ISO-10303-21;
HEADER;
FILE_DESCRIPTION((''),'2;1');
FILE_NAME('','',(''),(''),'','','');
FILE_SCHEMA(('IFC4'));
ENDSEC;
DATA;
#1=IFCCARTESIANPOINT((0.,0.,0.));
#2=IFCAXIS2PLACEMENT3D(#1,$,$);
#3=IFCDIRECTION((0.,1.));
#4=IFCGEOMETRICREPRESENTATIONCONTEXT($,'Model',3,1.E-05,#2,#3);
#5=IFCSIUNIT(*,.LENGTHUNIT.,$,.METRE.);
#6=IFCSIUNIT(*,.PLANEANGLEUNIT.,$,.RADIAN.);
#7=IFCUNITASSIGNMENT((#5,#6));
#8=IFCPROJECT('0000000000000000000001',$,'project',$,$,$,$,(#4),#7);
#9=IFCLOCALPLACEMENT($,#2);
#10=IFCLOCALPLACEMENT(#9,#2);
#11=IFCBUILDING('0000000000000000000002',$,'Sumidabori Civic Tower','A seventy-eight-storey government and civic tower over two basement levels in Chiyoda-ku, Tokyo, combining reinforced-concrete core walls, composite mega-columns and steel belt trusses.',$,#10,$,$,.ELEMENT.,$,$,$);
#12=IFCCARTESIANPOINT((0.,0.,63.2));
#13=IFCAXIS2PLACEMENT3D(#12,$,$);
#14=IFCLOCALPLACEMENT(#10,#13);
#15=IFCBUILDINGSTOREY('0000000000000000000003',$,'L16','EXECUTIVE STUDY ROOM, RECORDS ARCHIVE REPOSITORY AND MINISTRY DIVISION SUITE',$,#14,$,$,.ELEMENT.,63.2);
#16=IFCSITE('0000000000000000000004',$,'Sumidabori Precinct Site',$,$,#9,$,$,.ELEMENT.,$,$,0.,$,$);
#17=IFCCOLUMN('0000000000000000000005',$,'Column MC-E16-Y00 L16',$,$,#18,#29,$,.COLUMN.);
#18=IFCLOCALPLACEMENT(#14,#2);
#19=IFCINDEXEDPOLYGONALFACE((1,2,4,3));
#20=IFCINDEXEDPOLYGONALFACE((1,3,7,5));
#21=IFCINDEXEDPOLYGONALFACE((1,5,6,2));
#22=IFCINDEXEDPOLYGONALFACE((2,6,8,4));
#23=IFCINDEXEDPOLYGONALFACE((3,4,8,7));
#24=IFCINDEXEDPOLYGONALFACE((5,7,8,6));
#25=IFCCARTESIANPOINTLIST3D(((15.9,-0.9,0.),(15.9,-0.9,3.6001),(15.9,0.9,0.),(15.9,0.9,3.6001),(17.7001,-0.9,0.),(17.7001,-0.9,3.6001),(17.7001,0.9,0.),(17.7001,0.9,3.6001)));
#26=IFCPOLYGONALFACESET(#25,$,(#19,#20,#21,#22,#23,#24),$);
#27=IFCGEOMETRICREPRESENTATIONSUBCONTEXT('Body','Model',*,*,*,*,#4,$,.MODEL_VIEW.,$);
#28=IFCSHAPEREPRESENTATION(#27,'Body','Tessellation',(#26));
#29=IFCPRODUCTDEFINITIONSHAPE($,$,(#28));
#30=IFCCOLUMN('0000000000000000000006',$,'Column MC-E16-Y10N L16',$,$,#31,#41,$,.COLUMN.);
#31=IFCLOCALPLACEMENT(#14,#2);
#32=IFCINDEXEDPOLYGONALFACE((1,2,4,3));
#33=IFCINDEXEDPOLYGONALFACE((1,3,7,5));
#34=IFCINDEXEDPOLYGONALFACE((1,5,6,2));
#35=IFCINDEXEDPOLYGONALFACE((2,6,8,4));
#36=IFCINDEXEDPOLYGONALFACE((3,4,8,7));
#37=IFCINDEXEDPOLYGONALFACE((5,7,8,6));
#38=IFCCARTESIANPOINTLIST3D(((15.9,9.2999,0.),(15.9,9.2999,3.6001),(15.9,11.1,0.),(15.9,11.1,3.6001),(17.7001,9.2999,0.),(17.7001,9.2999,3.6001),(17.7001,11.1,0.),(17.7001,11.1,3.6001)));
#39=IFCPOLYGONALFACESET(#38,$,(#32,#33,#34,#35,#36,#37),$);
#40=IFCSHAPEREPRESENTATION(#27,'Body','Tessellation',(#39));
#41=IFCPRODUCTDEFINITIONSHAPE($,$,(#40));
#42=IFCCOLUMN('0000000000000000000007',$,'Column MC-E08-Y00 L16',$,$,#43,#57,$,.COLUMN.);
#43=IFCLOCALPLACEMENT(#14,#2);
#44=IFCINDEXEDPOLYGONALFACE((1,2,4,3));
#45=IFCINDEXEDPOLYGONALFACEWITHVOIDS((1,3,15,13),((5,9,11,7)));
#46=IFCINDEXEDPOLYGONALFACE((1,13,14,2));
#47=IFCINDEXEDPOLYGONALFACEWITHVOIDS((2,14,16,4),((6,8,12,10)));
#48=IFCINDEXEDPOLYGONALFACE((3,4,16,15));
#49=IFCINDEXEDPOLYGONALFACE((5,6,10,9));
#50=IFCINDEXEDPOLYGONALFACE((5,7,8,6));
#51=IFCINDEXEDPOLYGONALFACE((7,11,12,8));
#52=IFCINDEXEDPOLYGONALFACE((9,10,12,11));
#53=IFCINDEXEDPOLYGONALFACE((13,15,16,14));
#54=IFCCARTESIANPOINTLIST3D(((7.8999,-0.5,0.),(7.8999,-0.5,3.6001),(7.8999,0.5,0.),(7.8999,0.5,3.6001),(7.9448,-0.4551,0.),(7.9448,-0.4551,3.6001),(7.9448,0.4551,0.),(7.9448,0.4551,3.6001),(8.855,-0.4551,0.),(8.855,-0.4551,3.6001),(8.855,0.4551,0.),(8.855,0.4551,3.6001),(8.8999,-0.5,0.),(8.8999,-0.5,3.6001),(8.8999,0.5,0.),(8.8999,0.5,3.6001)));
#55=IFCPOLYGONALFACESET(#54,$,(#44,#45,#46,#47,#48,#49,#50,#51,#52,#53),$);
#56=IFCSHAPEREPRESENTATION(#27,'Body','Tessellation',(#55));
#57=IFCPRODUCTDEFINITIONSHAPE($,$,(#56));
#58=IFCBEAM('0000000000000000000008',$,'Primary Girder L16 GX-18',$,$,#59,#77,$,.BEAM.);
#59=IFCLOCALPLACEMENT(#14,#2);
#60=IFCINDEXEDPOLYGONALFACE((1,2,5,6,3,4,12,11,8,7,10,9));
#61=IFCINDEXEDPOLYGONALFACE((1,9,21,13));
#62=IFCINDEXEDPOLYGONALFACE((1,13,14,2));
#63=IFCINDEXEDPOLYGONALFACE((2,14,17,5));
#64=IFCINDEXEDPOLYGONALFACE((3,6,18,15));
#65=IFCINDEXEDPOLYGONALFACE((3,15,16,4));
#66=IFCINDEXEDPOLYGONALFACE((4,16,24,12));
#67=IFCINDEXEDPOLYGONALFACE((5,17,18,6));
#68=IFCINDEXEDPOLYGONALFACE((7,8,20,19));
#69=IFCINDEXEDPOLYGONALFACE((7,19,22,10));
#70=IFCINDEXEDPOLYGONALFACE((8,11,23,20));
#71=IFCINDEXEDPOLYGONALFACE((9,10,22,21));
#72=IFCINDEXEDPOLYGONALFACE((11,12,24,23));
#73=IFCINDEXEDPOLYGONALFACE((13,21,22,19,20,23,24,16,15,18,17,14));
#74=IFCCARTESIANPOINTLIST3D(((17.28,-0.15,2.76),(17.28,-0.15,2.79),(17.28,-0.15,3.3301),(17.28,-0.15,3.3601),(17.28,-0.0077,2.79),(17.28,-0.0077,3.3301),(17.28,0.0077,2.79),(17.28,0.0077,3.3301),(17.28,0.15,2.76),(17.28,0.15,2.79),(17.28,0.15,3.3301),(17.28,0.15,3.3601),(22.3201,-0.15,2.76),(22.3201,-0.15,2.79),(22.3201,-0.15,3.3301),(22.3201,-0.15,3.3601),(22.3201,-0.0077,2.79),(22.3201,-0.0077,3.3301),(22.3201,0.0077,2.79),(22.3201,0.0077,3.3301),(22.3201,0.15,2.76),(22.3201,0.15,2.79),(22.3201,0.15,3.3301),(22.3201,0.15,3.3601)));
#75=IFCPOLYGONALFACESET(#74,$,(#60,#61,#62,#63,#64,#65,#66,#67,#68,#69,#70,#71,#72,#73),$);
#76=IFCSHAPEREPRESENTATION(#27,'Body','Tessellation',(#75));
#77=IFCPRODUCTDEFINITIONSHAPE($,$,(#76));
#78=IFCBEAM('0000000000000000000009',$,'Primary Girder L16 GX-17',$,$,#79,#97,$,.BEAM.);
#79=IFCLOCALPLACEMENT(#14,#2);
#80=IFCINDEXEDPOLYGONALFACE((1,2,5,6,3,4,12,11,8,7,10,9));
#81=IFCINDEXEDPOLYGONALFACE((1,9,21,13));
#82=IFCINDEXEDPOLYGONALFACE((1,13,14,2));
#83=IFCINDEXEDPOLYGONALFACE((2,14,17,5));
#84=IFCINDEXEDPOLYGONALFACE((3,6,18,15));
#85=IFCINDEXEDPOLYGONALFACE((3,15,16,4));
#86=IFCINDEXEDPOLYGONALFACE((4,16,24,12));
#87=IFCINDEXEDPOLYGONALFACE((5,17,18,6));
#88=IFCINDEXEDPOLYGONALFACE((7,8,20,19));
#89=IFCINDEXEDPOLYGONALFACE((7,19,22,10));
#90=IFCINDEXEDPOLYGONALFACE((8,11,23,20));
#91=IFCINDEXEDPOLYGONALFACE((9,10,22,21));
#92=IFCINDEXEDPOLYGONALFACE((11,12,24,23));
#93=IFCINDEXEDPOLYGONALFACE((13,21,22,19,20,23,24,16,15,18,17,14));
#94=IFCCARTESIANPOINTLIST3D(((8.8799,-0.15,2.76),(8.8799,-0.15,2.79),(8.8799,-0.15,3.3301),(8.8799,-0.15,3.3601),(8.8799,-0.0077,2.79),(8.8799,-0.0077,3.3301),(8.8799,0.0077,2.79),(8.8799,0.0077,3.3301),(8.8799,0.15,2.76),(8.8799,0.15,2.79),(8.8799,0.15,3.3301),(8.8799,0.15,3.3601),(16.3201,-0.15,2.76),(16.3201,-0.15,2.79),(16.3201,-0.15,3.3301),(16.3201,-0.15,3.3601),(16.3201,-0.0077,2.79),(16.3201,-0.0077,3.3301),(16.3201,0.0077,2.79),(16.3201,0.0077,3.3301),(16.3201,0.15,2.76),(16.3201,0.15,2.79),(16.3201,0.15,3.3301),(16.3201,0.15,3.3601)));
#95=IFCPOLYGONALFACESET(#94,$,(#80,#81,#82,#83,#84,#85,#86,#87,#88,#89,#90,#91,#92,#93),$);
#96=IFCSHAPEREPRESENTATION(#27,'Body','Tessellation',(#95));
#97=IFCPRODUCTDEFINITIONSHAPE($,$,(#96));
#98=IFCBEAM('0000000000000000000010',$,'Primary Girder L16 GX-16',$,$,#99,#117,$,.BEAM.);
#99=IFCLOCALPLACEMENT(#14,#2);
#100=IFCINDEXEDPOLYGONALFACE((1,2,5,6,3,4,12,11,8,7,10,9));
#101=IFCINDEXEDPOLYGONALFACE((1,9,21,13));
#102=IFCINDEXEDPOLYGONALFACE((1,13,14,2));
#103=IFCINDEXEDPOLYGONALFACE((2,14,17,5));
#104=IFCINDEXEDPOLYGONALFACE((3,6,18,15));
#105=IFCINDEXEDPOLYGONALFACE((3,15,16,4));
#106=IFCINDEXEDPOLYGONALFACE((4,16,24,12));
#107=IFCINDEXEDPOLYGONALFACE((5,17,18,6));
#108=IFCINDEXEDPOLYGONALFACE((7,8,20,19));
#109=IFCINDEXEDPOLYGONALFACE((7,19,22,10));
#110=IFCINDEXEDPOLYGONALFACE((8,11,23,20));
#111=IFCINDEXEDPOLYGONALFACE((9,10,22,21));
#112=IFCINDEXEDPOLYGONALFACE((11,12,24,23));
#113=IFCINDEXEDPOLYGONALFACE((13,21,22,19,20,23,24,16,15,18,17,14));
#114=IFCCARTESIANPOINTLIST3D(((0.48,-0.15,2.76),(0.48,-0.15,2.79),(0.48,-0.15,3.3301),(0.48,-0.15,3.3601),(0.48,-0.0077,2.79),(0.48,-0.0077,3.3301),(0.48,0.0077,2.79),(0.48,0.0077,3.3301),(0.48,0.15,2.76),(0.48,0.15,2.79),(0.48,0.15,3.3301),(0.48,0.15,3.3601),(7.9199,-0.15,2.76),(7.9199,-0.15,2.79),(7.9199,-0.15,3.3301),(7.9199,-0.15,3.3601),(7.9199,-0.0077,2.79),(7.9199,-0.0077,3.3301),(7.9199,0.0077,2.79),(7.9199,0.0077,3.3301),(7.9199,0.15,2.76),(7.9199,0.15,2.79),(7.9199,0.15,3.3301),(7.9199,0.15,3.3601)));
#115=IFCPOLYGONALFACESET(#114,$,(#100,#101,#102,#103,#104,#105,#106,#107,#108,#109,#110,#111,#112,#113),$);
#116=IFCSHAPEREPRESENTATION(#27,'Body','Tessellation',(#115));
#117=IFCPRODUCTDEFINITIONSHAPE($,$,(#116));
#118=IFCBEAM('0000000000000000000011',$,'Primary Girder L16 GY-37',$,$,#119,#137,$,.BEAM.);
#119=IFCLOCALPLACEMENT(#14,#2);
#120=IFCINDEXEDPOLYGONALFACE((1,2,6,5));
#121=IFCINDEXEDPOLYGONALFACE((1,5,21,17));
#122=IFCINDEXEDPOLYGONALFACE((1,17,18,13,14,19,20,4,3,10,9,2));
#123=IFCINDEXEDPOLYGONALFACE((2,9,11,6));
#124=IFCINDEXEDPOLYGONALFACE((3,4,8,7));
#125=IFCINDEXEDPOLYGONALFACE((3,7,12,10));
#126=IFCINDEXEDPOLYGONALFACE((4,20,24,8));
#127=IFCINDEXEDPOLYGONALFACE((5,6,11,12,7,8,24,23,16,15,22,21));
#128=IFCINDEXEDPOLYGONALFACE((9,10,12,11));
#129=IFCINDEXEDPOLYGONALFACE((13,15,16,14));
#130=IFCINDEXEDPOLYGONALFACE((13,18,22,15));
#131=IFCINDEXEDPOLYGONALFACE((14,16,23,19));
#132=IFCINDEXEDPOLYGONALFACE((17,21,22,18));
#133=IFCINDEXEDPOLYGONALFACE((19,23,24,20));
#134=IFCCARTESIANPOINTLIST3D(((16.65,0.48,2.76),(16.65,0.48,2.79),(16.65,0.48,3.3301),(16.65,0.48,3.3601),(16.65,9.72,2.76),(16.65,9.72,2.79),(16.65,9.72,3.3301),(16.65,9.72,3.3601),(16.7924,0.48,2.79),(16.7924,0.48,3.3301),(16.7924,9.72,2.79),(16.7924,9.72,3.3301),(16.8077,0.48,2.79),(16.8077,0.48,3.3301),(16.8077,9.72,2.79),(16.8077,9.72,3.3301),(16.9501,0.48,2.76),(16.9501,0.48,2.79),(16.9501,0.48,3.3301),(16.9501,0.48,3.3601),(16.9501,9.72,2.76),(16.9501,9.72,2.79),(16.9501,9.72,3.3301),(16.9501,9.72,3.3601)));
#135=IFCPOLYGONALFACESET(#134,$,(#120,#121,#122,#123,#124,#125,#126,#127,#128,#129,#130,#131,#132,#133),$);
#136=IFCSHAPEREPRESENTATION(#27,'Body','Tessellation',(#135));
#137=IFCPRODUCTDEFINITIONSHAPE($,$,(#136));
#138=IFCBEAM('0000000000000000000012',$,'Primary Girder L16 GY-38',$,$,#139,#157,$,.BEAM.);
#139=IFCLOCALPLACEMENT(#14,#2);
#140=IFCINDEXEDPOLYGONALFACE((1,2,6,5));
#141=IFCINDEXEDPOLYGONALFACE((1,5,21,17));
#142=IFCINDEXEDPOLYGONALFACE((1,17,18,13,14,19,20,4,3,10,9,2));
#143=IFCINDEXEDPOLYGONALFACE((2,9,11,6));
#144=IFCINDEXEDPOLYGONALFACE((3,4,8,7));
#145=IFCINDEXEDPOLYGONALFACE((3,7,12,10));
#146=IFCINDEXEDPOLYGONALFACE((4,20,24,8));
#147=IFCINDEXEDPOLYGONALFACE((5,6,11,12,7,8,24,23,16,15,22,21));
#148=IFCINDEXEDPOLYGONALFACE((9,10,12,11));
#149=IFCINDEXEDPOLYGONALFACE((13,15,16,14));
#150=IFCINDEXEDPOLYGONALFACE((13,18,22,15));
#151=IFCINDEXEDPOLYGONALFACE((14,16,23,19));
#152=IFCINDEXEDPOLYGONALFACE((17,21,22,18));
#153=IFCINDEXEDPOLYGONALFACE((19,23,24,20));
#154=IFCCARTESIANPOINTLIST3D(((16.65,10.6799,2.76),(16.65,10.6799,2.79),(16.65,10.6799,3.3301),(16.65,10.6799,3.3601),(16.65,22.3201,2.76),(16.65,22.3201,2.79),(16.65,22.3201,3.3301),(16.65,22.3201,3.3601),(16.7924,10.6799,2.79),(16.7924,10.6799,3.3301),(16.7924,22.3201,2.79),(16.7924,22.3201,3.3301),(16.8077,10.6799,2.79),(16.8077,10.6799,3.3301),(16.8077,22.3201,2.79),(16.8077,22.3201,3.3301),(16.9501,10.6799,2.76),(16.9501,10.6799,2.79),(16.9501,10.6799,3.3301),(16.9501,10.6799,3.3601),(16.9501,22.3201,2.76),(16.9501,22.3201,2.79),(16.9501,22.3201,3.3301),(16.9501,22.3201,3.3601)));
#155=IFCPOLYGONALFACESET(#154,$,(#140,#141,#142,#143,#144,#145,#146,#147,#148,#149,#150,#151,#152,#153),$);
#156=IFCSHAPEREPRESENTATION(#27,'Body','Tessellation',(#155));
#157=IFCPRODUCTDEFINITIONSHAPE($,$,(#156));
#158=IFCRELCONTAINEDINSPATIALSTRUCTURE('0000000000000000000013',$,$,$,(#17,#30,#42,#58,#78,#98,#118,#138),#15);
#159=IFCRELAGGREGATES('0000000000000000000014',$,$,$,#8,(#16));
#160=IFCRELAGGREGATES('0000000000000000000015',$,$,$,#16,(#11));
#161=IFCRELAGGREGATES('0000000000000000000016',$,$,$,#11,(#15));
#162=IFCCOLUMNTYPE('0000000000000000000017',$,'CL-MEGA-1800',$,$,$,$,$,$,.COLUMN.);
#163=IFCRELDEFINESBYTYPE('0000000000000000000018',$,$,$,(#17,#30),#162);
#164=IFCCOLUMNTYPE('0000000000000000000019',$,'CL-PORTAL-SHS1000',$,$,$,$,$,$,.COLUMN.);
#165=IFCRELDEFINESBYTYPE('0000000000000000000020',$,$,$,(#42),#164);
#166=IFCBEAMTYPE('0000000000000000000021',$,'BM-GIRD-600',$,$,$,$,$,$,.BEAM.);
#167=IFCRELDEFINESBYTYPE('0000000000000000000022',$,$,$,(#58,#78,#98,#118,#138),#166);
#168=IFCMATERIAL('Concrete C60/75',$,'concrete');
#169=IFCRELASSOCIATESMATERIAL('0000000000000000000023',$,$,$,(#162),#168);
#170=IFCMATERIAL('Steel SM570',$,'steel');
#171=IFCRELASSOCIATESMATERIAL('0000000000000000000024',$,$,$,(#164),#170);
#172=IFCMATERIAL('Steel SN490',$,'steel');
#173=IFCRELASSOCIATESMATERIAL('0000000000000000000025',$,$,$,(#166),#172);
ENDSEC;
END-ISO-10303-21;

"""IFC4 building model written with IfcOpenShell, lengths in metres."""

from ifc_helpers import new_model, si_unit, direction, frame, origin, origin_2d, place, context, subcontext, project, spatial, rectangle, hollow_rectangle, i_section, extrude, source, transform, mapped, material, material_profile, profile_set, type_object, element, save


model = new_model("IFC4")

# Units and contexts
model_context = context("Model", 3, precision=1e-05, world=origin(), true_north=direction((0.0, 1.0)))
body_context = subcontext(model_context, "Body", "Model", "MODEL_VIEW")
ifc_project = project(units=[si_unit("LENGTHUNIT", "METRE"), si_unit("PLANEANGLEUNIT", "RADIAN")], contexts=[model_context])

# Site, building, storey
site_placement = place(None, origin())
site = spatial("IfcSite", under=ifc_project, at=site_placement, Name="Sumidabori Precinct Site", CompositionType="ELEMENT", RefElevation=0.0)
building_placement = place(site_placement, origin())
building = spatial("IfcBuilding", under=site, at=building_placement, Name="Sumidabori Civic Tower", Description="A seventy-eight-storey government and civic tower over two basement levels in Chiyoda-ku, Tokyo, combining reinforced-concrete core walls, composite mega-columns and steel belt trusses.", CompositionType="ELEMENT")
storey_placement = place(building_placement, frame((0.0, 0.0, 63.2)))
storey = spatial("IfcBuildingStorey", under=building, at=storey_placement, Name="L16", Description="EXECUTIVE STUDY ROOM, RECORDS ARCHIVE REPOSITORY AND MINISTRY DIVISION SUITE", CompositionType="ELEMENT", Elevation=63.2)

# Columns
ifc_material_1 = material(Name="Concrete C60/75", Category="concrete")
ifc_material_profile_1 = material_profile(ifc_material_1, rectangle(XDim=1.8, YDim=1.8, at=origin_2d()), Name="RC 1800x1800")
ifc_profile_set_1 = profile_set([ifc_material_profile_1], Name="Concrete C60/75")
column_type_1 = type_object("IfcColumnType", Name="CL-MEGA-1800", PredefinedType="COLUMN", material=ifc_profile_set_1)
shared_shape_1 = source(origin(), body_context, "Body", "SweptSolid", [
    extrude(rectangle(XDim=1.8, YDim=1.8, at=origin_2d()), origin(), (0.0, 0.0, 1.0), 3.6001),
])
for number, where, z_axis, x_axis, name in (
    (1, (16.8, 0.0, 0.0), (0.0, 0.0, 1.0), (1.0, 0.0, 0.0), "Column MC-E16-Y00 L16"),
    (2, (16.8, 10.2, 0.0), (0.0, 0.0, 1.0), (1.0, 0.0, 0.0), "Column MC-E16-Y10N L16"),
):
    element("IfcColumn", number, at=place(storey_placement, frame(where, z_axis=z_axis, x_axis=x_axis)), inside=storey, type_object=column_type_1, Name=name, PredefinedType="COLUMN", context=body_context, shape_type="MappedRepresentation", body=[
        mapped(shared_shape_1, transform((0.0, 0.0, 0.0), x_axis=(1.0, 0.0, 0.0), y_axis=(0.0, 1.0, 0.0), z_axis=(0.0, 0.0, 1.0), scale=1.0)),
    ])
ifc_material_2 = material(Name="Steel SM570", Category="steel")
ifc_material_profile_2 = material_profile(ifc_material_2, hollow_rectangle(XDim=1.0, YDim=1.0, WallThickness=0.0449, at=origin_2d()), Name="SHS 1000x1000x45")
ifc_profile_set_2 = profile_set([ifc_material_profile_2], Name="Steel SM570")
column_type_2 = type_object("IfcColumnType", Name="CL-PORTAL-SHS1000", PredefinedType="COLUMN", material=ifc_profile_set_2)
shared_shape_2 = source(origin(), body_context, "Body", "SweptSolid", [
    extrude(hollow_rectangle(XDim=1.0, YDim=1.0, WallThickness=0.0449, at=origin_2d()), origin(), (0.0, 0.0, 1.0), 3.6001),
])
column_placement = place(storey_placement, frame((8.3999, 0.0, 0.0), z_axis=(0.0, 0.0, 1.0), x_axis=(1.0, 0.0, 0.0)))
element("IfcColumn", 3, at=column_placement, inside=storey, type_object=column_type_2, Name="Column MC-E08-Y00 L16", PredefinedType="COLUMN", context=body_context, shape_type="MappedRepresentation", body=[
    mapped(shared_shape_2, transform((0.0, 0.0, 0.0), x_axis=(1.0, 0.0, 0.0), y_axis=(0.0, 1.0, 0.0), z_axis=(0.0, 0.0, 1.0), scale=1.0)),
])

# Beams
ifc_material_3 = material(Name="Steel SN490", Category="steel")
ifc_material_profile_3 = material_profile(ifc_material_3, i_section(OverallWidth=0.3, OverallDepth=0.6001, WebThickness=0.0154, FlangeThickness=0.03, at=origin_2d()), Name="HE 600 B")
ifc_profile_set_3 = profile_set([ifc_material_profile_3], Name="Steel SN490")
beam_type_1 = type_object("IfcBeamType", Name="BM-GIRD-600", PredefinedType="BEAM", material=ifc_profile_set_3)
shared_shape_3 = source(origin(), body_context, "Body", "SweptSolid", [
    extrude(i_section(OverallWidth=0.3, OverallDepth=0.6001, WebThickness=0.0154, FlangeThickness=0.03, at=origin_2d()), origin(), (0.0, 0.0, 1.0), 5.04),
])
beam_1_placement = place(storey_placement, frame((17.28, 0.0, 3.0601), z_axis=(1.0, 0.0, 0.0), x_axis=(0.0, 1.0, 0.0)))
element("IfcBeam", 4, at=beam_1_placement, inside=storey, type_object=beam_type_1, Name="Primary Girder L16 GX-18", PredefinedType="BEAM", context=body_context, shape_type="MappedRepresentation", body=[
    mapped(shared_shape_3, transform((0.0, 0.0, 0.0), x_axis=(1.0, 0.0, 0.0), y_axis=(0.0, 1.0, 0.0), z_axis=(0.0, 0.0, 1.0), scale=1.0)),
])
shared_shape_4 = source(origin(), body_context, "Body", "SweptSolid", [
    extrude(i_section(OverallWidth=0.3, OverallDepth=0.6001, WebThickness=0.0154, FlangeThickness=0.03, at=origin_2d()), origin(), (0.0, 0.0, 1.0), 7.4402),
])
beam_2_placement = place(storey_placement, frame((8.8799, 0.0, 3.0601), z_axis=(1.0, 0.0, 0.0), x_axis=(0.0, 1.0, 0.0)))
element("IfcBeam", 5, at=beam_2_placement, inside=storey, type_object=beam_type_1, Name="Primary Girder L16 GX-17", PredefinedType="BEAM", context=body_context, shape_type="MappedRepresentation", body=[
    mapped(shared_shape_4, transform((0.0, 0.0, 0.0), x_axis=(1.0, 0.0, 0.0), y_axis=(0.0, 1.0, 0.0), z_axis=(0.0, 0.0, 1.0), scale=1.0)),
])
shared_shape_5 = source(origin(), body_context, "Body", "SweptSolid", [
    extrude(i_section(OverallWidth=0.3, OverallDepth=0.6001, WebThickness=0.0154, FlangeThickness=0.03, at=origin_2d()), origin(), (0.0, 0.0, 1.0), 7.4399),
])
beam_3_placement = place(storey_placement, frame((0.48, 0.0, 3.0601), z_axis=(1.0, 0.0, 0.0), x_axis=(0.0, 1.0, 0.0)))
element("IfcBeam", 6, at=beam_3_placement, inside=storey, type_object=beam_type_1, Name="Primary Girder L16 GX-16", PredefinedType="BEAM", context=body_context, shape_type="MappedRepresentation", body=[
    mapped(shared_shape_5, transform((0.0, 0.0, 0.0), x_axis=(1.0, 0.0, 0.0), y_axis=(0.0, 1.0, 0.0), z_axis=(0.0, 0.0, 1.0), scale=1.0)),
])
shared_shape_6 = source(origin(), body_context, "Body", "SweptSolid", [
    extrude(i_section(OverallWidth=0.3, OverallDepth=0.6001, WebThickness=0.0154, FlangeThickness=0.03, at=origin_2d()), origin(), (0.0, 0.0, 1.0), 9.24),
])
beam_4_placement = place(storey_placement, frame((16.8, 0.48, 3.0601), z_axis=(0.0, 1.0, 0.0), x_axis=(-1.0, 0.0, 0.0)))
element("IfcBeam", 7, at=beam_4_placement, inside=storey, type_object=beam_type_1, Name="Primary Girder L16 GY-37", PredefinedType="BEAM", context=body_context, shape_type="MappedRepresentation", body=[
    mapped(shared_shape_6, transform((0.0, 0.0, 0.0), x_axis=(1.0, 0.0, 0.0), y_axis=(0.0, 1.0, 0.0), z_axis=(0.0, 0.0, 1.0), scale=1.0)),
])
shared_shape_7 = source(origin(), body_context, "Body", "SweptSolid", [
    extrude(i_section(OverallWidth=0.3, OverallDepth=0.6001, WebThickness=0.0154, FlangeThickness=0.03, at=origin_2d()), origin(), (0.0, 0.0, 1.0), 11.6401),
])
beam_5_placement = place(storey_placement, frame((16.8, 10.6799, 3.0601), z_axis=(0.0, 1.0, 0.0), x_axis=(-1.0, 0.0, 0.0)))
element("IfcBeam", 8, at=beam_5_placement, inside=storey, type_object=beam_type_1, Name="Primary Girder L16 GY-38", PredefinedType="BEAM", context=body_context, shape_type="MappedRepresentation", body=[
    mapped(shared_shape_7, transform((0.0, 0.0, 0.0), x_axis=(1.0, 0.0, 0.0), y_axis=(0.0, 1.0, 0.0), z_axis=(0.0, 0.0, 1.0), scale=1.0)),
])

save(model, "model.ifc")
